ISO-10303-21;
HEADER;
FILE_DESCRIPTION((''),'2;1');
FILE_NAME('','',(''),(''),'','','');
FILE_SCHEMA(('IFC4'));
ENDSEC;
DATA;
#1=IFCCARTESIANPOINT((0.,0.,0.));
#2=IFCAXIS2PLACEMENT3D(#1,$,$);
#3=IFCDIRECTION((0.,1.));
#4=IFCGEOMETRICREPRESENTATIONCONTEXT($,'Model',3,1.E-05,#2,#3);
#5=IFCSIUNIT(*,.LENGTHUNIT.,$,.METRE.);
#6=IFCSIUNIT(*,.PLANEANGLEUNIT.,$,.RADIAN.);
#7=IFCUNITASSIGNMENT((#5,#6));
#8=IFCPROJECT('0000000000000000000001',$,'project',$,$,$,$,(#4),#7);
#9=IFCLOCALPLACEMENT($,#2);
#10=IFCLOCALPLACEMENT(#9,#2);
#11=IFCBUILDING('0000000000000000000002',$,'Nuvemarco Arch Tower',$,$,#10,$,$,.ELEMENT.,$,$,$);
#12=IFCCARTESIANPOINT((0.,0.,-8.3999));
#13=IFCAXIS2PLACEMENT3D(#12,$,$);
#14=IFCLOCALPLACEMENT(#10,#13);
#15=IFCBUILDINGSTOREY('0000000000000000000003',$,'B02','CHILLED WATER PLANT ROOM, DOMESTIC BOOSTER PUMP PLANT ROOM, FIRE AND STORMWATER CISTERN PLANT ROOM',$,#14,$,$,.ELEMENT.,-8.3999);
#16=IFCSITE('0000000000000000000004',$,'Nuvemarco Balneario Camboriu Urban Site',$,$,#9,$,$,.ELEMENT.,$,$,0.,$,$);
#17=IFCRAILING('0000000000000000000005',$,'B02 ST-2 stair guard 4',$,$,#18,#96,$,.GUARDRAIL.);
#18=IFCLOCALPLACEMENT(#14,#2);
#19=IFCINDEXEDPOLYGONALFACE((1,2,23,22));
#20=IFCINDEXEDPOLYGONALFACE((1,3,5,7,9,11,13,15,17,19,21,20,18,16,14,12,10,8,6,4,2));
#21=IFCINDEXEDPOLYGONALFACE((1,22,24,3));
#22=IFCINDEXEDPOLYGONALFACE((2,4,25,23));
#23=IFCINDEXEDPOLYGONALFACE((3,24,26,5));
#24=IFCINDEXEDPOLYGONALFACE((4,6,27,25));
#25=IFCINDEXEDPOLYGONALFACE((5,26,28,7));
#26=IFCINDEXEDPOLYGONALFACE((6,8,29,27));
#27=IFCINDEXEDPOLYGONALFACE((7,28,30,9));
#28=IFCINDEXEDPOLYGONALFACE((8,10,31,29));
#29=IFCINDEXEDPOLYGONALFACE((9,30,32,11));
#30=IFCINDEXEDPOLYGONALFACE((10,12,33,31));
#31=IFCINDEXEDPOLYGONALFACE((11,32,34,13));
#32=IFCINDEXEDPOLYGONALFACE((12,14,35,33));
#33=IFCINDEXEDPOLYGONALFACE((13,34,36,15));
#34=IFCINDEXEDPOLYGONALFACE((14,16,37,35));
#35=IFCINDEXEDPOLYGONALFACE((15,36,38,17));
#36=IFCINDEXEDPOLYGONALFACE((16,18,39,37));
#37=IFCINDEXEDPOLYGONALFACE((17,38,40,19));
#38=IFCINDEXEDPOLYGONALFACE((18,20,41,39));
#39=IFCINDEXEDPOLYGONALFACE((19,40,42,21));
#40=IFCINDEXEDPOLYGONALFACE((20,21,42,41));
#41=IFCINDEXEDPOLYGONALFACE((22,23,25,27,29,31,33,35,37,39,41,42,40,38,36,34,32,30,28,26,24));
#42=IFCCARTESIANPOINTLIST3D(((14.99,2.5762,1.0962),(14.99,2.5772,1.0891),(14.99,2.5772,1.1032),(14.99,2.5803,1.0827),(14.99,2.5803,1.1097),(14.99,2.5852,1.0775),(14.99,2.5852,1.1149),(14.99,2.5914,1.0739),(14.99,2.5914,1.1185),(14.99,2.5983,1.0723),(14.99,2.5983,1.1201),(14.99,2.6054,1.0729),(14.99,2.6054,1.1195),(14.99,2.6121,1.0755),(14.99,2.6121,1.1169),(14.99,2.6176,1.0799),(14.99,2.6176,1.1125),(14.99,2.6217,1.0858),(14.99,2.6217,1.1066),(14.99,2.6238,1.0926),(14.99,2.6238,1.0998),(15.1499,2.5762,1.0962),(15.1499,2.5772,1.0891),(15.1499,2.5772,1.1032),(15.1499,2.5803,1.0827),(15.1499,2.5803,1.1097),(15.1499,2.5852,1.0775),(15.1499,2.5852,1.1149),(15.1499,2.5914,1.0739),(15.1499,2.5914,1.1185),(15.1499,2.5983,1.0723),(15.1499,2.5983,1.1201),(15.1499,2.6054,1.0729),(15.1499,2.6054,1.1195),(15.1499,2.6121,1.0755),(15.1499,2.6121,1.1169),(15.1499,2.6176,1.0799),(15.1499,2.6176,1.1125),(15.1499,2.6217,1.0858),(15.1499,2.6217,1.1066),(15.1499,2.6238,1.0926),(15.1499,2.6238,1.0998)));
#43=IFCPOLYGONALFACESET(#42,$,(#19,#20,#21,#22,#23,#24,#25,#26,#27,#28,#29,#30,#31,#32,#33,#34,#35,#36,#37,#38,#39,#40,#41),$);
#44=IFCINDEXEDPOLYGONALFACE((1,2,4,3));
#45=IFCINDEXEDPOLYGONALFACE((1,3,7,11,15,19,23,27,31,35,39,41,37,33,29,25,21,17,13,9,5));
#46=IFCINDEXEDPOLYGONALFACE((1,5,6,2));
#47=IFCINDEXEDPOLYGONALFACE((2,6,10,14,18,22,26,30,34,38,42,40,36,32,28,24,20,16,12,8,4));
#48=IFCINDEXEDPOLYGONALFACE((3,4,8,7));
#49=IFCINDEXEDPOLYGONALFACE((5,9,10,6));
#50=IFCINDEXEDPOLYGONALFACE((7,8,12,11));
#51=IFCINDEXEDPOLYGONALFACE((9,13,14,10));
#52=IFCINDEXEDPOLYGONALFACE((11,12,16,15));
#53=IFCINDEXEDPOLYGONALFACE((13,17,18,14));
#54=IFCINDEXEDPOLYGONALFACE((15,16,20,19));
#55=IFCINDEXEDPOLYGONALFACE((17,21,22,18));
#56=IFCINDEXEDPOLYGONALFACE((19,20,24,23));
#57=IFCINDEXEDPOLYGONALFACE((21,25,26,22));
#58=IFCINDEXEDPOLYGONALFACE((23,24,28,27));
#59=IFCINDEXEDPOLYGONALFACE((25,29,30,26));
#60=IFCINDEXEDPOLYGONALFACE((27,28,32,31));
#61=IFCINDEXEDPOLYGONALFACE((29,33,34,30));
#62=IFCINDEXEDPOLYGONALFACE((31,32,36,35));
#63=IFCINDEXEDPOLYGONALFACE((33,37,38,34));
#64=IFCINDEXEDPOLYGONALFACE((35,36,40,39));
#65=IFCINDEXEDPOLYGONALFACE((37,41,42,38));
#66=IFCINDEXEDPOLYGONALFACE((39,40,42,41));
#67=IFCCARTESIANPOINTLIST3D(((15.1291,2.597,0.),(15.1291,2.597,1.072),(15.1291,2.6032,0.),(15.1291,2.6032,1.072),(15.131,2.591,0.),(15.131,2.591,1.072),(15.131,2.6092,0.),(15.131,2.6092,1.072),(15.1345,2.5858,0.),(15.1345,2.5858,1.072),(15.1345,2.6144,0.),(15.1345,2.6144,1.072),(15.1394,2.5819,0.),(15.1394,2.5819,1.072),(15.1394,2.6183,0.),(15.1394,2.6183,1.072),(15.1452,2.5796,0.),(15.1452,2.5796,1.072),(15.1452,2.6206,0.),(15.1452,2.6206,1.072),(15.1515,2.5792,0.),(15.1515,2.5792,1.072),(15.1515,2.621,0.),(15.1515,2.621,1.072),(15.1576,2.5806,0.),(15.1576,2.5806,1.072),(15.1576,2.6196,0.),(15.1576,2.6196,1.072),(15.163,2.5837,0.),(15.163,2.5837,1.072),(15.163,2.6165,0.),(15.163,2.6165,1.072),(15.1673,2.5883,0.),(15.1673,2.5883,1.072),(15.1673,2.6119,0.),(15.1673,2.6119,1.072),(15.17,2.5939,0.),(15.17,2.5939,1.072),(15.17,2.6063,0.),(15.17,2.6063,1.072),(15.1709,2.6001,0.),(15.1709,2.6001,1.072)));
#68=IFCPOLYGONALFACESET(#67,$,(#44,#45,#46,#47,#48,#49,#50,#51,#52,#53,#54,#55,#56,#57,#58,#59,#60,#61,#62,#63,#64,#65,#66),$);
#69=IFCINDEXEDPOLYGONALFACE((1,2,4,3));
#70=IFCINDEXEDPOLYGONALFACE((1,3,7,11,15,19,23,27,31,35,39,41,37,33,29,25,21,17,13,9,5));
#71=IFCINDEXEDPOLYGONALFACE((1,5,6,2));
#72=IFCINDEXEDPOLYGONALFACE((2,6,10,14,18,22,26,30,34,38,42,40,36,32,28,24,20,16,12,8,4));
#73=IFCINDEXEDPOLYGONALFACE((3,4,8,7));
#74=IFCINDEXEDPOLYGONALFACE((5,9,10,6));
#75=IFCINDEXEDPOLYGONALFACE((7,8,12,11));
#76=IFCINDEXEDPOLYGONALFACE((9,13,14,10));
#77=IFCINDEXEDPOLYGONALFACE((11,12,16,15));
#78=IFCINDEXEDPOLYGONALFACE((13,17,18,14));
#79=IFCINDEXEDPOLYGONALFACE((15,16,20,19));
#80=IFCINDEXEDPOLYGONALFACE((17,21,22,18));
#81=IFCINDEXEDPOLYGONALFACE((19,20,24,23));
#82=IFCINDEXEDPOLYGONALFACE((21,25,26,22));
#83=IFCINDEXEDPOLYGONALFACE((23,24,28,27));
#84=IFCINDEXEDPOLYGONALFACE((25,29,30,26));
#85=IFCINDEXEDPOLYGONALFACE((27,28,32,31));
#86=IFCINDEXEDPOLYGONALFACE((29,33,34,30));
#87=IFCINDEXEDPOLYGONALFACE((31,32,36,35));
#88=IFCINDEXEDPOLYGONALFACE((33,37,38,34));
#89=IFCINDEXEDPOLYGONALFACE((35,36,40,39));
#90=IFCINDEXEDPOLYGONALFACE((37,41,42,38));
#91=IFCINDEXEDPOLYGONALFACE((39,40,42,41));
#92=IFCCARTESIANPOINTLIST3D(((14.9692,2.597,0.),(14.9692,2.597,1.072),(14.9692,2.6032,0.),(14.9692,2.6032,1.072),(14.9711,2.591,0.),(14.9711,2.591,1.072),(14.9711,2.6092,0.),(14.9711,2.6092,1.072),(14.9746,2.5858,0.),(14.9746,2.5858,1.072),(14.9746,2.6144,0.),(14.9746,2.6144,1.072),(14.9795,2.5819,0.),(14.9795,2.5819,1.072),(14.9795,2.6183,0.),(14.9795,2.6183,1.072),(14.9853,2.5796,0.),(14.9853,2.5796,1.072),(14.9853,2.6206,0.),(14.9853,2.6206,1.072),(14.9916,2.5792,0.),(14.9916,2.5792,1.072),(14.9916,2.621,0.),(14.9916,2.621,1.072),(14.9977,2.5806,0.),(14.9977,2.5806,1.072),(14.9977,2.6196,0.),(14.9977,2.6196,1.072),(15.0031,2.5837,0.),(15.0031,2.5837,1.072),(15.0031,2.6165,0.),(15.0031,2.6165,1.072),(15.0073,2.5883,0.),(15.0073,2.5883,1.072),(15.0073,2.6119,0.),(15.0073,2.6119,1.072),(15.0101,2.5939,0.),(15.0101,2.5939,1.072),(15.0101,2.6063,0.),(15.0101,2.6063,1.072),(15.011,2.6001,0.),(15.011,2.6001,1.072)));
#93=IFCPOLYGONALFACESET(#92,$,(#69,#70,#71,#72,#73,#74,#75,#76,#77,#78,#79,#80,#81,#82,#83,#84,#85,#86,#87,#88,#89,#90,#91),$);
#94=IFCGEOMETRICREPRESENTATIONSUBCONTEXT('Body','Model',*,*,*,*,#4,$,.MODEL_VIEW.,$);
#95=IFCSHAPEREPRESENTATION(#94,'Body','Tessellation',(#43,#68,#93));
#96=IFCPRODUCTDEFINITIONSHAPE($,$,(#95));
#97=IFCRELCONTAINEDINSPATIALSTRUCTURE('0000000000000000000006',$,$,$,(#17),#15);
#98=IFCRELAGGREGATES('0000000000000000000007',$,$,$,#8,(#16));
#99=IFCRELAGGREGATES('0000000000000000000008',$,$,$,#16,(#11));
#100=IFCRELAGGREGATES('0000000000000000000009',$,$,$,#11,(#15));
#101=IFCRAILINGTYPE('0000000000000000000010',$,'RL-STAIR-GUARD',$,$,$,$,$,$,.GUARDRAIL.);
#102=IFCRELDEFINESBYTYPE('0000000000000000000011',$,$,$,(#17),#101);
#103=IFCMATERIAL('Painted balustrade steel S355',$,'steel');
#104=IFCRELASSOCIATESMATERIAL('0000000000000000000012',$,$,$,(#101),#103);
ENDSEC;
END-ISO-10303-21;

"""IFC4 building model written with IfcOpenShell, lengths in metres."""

from ifc_helpers import new_model, si_unit, direction, frame, origin, origin_2d, place, context, subcontext, project, spatial, circle, extrude, material, type_object, element, save


model = new_model("IFC4")

# Units and contexts
model_context = context("Model", 3, precision=1e-05, world=origin(), true_north=direction((0.0, 1.0)))
body_context = subcontext(model_context, "Body", "Model", "MODEL_VIEW")
ifc_project = project(units=[si_unit("LENGTHUNIT", "METRE"), si_unit("PLANEANGLEUNIT", "RADIAN")], contexts=[model_context])

# Site, building, storey
site_placement = place(None, origin())
site = spatial("IfcSite", under=ifc_project, at=site_placement, Name="Nuvemarco Balneario Camboriu Urban Site", CompositionType="ELEMENT", RefElevation=0.0)
building_placement = place(site_placement, origin())
building = spatial("IfcBuilding", under=site, at=building_placement, Name="Nuvemarco Arch Tower", CompositionType="ELEMENT")
storey_placement = place(building_placement, frame((0.0, 0.0, -8.3999)))
storey = spatial("IfcBuildingStorey", under=building, at=storey_placement, Name="B02", Description="CHILLED WATER PLANT ROOM, DOMESTIC BOOSTER PUMP PLANT ROOM, FIRE AND STORMWATER CISTERN PLANT ROOM", CompositionType="ELEMENT", Elevation=-8.3999)

# Railing
ifc_material_1 = material(Name="Painted balustrade steel S355", Category="steel")
railing_type_1 = type_object("IfcRailingType", Name="RL-STAIR-GUARD", PredefinedType="GUARDRAIL", material=ifc_material_1)
railing_1_placement = place(storey_placement, frame((15.1499, 2.6001, 0.0)))
element("IfcRailing", 1, at=railing_1_placement, inside=storey, type_object=railing_type_1, Name="B02 ST-2 stair guard 4", PredefinedType="GUARDRAIL", context=body_context, shape_type="SweptSolid", body=[
    extrude(circle(Radius=0.0239, at=origin_2d()), frame((0.0, 0.0, 1.0962), z_axis=(-1.0, 0.0, 0.0), x_axis=(0.0, -1.0, 0.0)), (0.0, 0.0, 1.0), 0.1599),
    extrude(circle(Radius=0.021, at=origin_2d()), origin(), (0.0, 0.0, 1.0), 1.072),
    extrude(circle(Radius=0.021, at=origin_2d()), frame((-0.1599, 0.0, 0.0)), (0.0, 0.0, 1.0), 1.072),
])

save(model, "model.ifc")
